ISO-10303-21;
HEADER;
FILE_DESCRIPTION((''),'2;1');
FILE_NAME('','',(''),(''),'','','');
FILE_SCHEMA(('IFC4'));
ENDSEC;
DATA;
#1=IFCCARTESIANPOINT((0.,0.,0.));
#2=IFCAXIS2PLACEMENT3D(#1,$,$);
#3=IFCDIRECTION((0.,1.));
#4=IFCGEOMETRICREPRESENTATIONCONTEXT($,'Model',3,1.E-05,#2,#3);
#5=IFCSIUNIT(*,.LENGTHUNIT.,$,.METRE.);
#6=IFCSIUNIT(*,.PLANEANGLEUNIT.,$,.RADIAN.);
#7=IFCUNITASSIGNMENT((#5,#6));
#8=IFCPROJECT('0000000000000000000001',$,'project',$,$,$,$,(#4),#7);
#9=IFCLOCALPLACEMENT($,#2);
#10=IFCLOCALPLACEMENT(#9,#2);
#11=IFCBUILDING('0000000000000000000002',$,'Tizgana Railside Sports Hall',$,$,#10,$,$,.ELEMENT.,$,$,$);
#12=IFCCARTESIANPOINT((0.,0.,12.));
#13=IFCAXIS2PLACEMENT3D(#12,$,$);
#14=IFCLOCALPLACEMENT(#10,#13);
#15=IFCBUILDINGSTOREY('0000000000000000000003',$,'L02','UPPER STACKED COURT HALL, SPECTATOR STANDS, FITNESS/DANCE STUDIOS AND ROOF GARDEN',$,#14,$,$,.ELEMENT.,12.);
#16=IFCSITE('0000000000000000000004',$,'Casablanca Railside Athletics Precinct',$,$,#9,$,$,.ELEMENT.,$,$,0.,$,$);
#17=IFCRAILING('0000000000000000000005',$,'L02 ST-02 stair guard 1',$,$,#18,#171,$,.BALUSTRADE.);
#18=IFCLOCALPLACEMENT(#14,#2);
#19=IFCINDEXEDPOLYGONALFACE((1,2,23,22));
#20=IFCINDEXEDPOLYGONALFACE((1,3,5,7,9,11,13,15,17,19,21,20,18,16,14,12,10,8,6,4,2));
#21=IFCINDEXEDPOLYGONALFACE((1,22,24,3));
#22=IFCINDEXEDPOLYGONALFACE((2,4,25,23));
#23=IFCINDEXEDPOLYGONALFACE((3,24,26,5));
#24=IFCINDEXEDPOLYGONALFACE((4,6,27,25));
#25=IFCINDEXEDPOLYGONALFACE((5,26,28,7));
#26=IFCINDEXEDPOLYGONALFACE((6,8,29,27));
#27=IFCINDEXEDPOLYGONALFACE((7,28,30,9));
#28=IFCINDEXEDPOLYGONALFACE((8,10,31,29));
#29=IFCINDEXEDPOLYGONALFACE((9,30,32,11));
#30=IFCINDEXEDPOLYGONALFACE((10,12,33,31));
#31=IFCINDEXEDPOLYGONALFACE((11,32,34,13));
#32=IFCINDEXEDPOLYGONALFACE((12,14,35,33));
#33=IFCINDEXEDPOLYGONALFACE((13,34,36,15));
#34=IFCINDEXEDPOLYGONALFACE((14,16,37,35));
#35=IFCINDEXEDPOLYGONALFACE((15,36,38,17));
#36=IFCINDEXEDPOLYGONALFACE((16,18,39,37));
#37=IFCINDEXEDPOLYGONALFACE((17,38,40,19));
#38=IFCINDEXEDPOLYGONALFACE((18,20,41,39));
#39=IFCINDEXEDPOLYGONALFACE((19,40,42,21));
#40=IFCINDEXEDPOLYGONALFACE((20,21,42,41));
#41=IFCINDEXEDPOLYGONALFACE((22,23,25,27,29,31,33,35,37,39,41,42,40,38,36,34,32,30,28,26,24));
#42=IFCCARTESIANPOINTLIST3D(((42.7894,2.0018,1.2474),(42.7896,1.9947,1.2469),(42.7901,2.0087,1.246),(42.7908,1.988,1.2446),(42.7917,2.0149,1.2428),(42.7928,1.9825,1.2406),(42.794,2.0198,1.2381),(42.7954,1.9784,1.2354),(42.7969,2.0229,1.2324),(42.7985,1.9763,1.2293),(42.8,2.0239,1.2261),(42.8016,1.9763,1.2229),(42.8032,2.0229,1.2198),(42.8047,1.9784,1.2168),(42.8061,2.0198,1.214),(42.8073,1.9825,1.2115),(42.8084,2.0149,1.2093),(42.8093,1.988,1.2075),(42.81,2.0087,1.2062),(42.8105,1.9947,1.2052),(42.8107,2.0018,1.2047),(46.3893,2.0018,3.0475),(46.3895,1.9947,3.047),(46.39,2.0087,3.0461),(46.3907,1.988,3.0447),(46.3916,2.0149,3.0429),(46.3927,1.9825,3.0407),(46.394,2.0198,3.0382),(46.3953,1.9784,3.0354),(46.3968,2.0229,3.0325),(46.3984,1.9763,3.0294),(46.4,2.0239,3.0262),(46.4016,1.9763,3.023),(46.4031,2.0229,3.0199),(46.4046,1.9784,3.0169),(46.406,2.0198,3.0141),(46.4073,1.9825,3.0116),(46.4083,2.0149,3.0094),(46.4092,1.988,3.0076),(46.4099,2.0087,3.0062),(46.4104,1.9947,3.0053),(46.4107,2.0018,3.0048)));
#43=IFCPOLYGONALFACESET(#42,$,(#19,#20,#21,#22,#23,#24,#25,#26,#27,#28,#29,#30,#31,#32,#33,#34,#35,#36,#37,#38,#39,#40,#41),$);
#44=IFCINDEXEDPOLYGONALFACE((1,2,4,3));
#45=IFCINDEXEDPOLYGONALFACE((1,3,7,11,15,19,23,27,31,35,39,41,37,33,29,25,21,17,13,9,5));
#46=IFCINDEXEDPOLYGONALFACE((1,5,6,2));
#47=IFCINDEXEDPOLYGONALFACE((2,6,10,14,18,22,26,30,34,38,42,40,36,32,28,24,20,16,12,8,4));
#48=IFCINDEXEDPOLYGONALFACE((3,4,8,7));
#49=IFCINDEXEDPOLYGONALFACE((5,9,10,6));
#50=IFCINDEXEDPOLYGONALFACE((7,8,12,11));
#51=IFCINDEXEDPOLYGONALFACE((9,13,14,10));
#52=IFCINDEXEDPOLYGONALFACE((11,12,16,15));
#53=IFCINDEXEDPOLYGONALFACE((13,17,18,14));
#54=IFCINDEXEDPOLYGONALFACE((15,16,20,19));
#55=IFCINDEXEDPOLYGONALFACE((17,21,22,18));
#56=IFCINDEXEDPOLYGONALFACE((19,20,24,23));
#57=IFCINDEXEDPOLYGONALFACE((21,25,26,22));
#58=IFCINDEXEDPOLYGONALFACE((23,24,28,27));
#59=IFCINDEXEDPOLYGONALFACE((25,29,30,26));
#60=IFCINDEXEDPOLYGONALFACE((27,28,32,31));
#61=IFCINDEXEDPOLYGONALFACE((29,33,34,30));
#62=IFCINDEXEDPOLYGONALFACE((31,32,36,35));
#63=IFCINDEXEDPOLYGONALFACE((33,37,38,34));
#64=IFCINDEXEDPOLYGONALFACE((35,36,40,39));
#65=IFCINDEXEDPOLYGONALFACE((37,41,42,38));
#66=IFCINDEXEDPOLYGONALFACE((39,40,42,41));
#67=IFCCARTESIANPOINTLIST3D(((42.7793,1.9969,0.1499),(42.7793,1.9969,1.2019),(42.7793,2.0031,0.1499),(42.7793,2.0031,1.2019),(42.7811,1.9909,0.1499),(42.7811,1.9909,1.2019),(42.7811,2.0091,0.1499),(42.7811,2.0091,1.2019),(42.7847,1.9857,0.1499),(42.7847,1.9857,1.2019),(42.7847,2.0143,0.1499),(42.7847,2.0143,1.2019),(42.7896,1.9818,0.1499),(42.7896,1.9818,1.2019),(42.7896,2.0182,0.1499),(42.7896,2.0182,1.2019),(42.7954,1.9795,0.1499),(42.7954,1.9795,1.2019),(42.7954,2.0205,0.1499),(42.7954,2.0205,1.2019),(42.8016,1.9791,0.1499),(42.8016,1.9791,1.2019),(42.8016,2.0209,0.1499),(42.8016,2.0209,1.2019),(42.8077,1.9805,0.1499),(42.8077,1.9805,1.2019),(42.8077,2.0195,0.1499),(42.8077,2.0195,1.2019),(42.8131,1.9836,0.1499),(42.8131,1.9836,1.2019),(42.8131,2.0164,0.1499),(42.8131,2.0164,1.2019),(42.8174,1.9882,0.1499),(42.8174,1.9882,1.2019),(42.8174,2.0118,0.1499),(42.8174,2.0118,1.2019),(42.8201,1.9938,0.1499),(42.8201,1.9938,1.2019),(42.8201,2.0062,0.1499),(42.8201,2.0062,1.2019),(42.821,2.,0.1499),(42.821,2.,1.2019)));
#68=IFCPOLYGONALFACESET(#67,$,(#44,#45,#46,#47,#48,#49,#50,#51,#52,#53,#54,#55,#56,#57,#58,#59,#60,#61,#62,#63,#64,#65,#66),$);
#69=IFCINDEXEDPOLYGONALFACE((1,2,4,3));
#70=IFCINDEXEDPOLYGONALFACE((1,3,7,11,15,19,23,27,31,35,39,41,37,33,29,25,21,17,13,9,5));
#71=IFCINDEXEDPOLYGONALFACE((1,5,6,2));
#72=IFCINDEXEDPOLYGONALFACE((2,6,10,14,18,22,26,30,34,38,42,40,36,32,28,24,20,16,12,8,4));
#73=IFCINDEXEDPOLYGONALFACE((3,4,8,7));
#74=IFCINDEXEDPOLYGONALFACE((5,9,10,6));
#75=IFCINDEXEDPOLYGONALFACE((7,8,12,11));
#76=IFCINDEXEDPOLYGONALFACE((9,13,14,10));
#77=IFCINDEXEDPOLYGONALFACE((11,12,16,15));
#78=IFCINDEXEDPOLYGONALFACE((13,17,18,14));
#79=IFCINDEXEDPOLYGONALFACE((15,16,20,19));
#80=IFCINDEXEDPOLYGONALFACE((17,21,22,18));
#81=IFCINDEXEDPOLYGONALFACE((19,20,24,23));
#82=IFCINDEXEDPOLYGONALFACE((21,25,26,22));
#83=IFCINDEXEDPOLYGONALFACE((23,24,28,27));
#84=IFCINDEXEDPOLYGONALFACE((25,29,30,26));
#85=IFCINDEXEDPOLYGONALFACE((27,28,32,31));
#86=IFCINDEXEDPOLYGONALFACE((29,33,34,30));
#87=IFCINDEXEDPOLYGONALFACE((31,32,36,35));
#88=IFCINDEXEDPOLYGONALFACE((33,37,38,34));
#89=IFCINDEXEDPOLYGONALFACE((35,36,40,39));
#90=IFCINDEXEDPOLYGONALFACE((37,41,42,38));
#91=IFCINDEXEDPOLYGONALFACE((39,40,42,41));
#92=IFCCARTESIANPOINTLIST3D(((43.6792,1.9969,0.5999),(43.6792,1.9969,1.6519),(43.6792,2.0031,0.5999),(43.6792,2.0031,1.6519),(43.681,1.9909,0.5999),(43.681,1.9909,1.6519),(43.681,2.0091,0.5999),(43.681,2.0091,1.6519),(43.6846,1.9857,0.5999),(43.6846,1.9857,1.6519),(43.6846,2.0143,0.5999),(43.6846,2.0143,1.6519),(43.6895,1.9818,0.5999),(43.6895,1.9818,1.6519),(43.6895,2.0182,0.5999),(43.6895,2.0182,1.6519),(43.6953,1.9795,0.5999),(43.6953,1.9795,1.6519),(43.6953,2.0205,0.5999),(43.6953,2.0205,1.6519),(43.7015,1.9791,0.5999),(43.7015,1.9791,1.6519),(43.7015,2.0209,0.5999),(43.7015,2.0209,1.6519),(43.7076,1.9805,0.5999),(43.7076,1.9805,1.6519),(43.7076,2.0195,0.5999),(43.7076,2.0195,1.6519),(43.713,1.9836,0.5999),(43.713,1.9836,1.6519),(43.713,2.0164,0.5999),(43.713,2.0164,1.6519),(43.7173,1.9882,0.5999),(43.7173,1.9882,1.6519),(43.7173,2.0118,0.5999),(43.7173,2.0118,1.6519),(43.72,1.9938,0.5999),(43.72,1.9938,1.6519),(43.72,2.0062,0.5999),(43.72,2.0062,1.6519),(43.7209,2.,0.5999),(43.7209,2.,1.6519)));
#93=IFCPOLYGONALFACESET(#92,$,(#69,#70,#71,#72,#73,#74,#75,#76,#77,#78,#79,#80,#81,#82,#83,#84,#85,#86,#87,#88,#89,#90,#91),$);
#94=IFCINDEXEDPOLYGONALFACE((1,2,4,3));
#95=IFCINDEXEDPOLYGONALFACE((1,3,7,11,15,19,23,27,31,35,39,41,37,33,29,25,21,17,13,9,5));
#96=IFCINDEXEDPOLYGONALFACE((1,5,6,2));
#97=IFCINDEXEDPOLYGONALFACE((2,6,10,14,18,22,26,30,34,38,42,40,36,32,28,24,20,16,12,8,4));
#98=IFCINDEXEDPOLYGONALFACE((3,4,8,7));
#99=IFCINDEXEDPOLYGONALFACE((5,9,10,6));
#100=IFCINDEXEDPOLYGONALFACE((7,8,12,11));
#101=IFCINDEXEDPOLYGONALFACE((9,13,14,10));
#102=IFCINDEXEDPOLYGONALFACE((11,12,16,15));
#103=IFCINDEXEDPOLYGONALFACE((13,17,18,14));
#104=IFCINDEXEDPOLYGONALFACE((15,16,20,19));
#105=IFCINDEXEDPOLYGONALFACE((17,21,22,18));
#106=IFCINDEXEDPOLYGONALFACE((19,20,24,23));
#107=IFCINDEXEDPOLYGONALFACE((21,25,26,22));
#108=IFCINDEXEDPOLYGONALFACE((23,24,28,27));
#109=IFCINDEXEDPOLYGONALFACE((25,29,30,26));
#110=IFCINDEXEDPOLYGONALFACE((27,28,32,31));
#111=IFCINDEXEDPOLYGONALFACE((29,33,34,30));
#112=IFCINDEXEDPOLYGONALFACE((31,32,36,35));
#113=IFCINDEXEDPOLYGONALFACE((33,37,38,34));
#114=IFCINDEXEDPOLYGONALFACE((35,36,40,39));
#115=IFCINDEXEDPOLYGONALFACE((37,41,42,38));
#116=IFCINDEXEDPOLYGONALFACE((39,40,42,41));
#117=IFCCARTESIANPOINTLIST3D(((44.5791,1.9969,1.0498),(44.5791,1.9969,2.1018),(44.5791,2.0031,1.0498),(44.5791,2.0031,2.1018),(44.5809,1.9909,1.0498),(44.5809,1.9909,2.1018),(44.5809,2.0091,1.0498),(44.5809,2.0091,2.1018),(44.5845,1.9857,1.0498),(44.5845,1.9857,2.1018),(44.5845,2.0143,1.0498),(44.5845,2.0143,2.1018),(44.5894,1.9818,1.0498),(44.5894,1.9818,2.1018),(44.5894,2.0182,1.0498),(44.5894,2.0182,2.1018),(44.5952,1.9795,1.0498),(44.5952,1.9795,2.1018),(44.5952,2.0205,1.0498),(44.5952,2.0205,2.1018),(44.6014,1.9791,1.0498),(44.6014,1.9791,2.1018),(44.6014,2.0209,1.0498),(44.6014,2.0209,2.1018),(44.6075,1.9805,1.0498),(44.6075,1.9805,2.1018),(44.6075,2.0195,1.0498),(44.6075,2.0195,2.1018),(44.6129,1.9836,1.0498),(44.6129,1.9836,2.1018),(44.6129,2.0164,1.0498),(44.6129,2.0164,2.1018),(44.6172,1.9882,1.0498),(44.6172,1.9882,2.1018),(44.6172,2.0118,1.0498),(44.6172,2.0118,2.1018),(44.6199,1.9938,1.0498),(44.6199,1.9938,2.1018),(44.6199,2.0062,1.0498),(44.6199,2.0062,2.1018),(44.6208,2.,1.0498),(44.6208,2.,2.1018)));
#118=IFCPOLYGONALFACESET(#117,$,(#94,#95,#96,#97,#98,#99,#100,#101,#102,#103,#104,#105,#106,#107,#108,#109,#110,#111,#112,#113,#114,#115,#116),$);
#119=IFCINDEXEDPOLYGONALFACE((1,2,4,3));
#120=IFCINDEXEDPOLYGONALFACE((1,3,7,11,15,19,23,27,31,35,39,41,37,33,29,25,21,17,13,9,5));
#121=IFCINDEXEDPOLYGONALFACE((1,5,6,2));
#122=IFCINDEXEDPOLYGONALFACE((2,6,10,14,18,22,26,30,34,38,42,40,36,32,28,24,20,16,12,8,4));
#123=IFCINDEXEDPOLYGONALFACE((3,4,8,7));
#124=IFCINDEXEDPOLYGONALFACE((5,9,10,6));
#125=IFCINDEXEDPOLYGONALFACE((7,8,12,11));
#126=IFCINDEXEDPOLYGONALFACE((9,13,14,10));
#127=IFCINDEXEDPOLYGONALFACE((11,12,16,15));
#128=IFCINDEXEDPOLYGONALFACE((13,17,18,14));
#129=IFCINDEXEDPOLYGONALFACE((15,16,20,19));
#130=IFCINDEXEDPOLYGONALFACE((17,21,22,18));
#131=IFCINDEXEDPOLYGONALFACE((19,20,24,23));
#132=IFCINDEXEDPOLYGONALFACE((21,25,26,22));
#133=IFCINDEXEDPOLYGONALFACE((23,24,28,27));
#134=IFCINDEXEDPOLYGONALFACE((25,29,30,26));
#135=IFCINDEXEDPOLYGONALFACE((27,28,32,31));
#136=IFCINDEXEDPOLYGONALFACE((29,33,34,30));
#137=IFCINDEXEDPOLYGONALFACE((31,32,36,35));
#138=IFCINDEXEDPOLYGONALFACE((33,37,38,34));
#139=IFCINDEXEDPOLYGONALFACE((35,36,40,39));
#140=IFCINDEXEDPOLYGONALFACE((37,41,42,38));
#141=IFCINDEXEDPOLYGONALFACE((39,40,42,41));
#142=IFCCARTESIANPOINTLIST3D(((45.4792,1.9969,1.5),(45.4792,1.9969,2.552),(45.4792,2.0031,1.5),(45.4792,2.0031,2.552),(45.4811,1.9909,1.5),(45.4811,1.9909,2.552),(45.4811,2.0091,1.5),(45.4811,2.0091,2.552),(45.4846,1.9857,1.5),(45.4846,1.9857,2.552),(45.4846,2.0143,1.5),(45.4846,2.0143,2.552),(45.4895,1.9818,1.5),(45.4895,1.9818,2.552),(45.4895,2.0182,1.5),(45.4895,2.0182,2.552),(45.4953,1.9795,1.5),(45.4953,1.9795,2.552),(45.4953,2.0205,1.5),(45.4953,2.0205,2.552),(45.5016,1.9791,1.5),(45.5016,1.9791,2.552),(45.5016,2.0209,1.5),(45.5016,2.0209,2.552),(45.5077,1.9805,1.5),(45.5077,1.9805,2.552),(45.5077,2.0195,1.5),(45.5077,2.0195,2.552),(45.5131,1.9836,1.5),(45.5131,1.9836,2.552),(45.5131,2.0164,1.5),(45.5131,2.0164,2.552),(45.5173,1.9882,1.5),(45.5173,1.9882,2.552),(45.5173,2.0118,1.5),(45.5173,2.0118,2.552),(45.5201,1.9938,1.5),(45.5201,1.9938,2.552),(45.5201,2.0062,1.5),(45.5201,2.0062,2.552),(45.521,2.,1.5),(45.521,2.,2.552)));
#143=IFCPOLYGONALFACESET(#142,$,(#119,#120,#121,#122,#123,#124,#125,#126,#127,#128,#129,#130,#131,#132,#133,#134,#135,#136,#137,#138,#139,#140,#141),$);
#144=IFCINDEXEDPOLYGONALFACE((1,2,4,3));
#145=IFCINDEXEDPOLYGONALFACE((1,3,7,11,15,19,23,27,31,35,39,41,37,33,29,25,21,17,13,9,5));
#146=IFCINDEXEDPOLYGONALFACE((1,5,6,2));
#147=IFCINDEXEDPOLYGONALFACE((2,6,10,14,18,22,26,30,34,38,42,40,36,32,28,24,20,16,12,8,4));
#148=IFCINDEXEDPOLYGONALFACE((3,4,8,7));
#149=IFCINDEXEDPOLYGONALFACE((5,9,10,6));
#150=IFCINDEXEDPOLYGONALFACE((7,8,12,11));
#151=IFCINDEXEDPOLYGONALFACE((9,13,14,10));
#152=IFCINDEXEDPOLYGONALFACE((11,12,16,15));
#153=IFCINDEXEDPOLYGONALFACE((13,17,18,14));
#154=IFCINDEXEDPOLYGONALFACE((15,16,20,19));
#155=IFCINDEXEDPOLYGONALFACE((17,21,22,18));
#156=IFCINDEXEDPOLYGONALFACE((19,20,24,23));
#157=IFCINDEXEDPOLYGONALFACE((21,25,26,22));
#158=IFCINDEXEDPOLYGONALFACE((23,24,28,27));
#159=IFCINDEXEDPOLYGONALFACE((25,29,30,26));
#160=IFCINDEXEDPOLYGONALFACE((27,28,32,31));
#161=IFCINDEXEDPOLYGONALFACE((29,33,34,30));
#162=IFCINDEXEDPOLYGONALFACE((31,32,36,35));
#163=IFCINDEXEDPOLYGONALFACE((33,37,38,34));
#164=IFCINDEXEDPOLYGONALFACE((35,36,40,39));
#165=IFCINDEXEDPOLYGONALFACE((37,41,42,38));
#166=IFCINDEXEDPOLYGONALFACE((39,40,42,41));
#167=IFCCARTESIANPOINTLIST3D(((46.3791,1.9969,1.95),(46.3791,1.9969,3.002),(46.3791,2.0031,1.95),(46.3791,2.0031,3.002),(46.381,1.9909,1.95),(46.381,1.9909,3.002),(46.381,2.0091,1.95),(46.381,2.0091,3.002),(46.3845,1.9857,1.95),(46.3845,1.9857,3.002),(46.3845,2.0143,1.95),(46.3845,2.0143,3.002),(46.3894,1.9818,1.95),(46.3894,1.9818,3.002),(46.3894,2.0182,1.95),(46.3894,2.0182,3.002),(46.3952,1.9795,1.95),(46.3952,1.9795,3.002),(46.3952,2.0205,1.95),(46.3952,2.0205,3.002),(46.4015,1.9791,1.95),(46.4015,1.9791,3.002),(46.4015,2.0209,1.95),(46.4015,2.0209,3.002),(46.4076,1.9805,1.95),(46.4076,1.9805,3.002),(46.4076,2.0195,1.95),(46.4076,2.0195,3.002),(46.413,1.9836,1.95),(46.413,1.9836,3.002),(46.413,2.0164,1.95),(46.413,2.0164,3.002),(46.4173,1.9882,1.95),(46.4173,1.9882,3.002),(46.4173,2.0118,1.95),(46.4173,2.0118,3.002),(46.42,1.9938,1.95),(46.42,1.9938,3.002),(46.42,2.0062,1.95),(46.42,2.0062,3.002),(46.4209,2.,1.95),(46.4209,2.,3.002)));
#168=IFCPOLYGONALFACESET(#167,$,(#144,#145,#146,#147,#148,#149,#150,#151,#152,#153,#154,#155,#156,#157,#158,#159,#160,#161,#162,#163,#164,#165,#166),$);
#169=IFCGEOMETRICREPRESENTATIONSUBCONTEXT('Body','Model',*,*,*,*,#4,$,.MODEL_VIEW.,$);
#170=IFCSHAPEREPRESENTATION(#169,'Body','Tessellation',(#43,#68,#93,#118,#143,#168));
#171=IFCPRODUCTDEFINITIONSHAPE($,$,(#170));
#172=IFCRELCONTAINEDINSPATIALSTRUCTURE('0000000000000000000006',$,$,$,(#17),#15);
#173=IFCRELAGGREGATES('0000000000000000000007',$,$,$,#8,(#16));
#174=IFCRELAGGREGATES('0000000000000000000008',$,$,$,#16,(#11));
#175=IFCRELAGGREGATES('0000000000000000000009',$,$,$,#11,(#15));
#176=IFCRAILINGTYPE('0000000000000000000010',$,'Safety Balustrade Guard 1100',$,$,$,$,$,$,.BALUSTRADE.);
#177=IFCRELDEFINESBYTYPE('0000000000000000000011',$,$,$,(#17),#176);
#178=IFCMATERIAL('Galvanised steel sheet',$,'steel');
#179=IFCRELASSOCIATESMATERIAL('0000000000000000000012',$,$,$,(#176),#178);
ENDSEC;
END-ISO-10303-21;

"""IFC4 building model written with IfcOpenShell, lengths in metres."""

from ifc_helpers import new_model, si_unit, direction, frame, origin, origin_2d, place, context, subcontext, project, spatial, circle, extrude, material, type_object, element, save


model = new_model("IFC4")

# Units and contexts
model_context = context("Model", 3, precision=1e-05, world=origin(), true_north=direction((0.0, 1.0)))
body_context = subcontext(model_context, "Body", "Model", "MODEL_VIEW")
ifc_project = project(units=[si_unit("LENGTHUNIT", "METRE"), si_unit("PLANEANGLEUNIT", "RADIAN")], contexts=[model_context])

# Site, building, storey
site_placement = place(None, origin())
site = spatial("IfcSite", under=ifc_project, at=site_placement, Name="Casablanca Railside Athletics Precinct", CompositionType="ELEMENT", RefElevation=0.0)
building_placement = place(site_placement, origin())
building = spatial("IfcBuilding", under=site, at=building_placement, Name="Tizgana Railside Sports Hall", CompositionType="ELEMENT")
storey_placement = place(building_placement, frame((0.0, 0.0, 12.0)))
storey = spatial("IfcBuildingStorey", under=building, at=storey_placement, Name="L02", Description="UPPER STACKED COURT HALL, SPECTATOR STANDS, FITNESS/DANCE STUDIOS AND ROOF GARDEN", CompositionType="ELEMENT", Elevation=12.0)

# Railing
ifc_material_1 = material(Name="Galvanised steel sheet", Category="steel")
railing_type_1 = type_object("IfcRailingType", Name="Safety Balustrade Guard 1100", PredefinedType="BALUSTRADE", material=ifc_material_1)
railing_1_placement = place(storey_placement, frame((42.8, 2.0, 0.1499)))
element("IfcRailing", 1, at=railing_1_placement, inside=storey, type_object=railing_type_1, Name="L02 ST-02 stair guard 1", PredefinedType="BALUSTRADE", context=body_context, shape_type="SweptSolid", body=[
    extrude(circle(Radius=0.0239, at=origin_2d()), frame((0.0, 0.0, 1.0762), z_axis=(0.894415, 0.0, 0.447238), x_axis=(0.0, 1.0, 0.0)), (0.0, 0.0, 1.0), 4.0249),
    extrude(circle(Radius=0.021, at=origin_2d()), origin(), (0.0, 0.0, 1.0), 1.052),
    extrude(circle(Radius=0.021, at=origin_2d()), frame((0.8999, 0.0, 0.45)), (0.0, 0.0, 1.0), 1.052),
    extrude(circle(Radius=0.021, at=origin_2d()), frame((1.7998, 0.0, 0.8999)), (0.0, 0.0, 1.0), 1.052),
    extrude(circle(Radius=0.021, at=origin_2d()), frame((2.7, 0.0, 1.3501)), (0.0, 0.0, 1.0), 1.052),
    extrude(circle(Radius=0.021, at=origin_2d()), frame((3.5999, 0.0, 1.8)), (0.0, 0.0, 1.0), 1.052),
])

save(model, "model.ifc")
